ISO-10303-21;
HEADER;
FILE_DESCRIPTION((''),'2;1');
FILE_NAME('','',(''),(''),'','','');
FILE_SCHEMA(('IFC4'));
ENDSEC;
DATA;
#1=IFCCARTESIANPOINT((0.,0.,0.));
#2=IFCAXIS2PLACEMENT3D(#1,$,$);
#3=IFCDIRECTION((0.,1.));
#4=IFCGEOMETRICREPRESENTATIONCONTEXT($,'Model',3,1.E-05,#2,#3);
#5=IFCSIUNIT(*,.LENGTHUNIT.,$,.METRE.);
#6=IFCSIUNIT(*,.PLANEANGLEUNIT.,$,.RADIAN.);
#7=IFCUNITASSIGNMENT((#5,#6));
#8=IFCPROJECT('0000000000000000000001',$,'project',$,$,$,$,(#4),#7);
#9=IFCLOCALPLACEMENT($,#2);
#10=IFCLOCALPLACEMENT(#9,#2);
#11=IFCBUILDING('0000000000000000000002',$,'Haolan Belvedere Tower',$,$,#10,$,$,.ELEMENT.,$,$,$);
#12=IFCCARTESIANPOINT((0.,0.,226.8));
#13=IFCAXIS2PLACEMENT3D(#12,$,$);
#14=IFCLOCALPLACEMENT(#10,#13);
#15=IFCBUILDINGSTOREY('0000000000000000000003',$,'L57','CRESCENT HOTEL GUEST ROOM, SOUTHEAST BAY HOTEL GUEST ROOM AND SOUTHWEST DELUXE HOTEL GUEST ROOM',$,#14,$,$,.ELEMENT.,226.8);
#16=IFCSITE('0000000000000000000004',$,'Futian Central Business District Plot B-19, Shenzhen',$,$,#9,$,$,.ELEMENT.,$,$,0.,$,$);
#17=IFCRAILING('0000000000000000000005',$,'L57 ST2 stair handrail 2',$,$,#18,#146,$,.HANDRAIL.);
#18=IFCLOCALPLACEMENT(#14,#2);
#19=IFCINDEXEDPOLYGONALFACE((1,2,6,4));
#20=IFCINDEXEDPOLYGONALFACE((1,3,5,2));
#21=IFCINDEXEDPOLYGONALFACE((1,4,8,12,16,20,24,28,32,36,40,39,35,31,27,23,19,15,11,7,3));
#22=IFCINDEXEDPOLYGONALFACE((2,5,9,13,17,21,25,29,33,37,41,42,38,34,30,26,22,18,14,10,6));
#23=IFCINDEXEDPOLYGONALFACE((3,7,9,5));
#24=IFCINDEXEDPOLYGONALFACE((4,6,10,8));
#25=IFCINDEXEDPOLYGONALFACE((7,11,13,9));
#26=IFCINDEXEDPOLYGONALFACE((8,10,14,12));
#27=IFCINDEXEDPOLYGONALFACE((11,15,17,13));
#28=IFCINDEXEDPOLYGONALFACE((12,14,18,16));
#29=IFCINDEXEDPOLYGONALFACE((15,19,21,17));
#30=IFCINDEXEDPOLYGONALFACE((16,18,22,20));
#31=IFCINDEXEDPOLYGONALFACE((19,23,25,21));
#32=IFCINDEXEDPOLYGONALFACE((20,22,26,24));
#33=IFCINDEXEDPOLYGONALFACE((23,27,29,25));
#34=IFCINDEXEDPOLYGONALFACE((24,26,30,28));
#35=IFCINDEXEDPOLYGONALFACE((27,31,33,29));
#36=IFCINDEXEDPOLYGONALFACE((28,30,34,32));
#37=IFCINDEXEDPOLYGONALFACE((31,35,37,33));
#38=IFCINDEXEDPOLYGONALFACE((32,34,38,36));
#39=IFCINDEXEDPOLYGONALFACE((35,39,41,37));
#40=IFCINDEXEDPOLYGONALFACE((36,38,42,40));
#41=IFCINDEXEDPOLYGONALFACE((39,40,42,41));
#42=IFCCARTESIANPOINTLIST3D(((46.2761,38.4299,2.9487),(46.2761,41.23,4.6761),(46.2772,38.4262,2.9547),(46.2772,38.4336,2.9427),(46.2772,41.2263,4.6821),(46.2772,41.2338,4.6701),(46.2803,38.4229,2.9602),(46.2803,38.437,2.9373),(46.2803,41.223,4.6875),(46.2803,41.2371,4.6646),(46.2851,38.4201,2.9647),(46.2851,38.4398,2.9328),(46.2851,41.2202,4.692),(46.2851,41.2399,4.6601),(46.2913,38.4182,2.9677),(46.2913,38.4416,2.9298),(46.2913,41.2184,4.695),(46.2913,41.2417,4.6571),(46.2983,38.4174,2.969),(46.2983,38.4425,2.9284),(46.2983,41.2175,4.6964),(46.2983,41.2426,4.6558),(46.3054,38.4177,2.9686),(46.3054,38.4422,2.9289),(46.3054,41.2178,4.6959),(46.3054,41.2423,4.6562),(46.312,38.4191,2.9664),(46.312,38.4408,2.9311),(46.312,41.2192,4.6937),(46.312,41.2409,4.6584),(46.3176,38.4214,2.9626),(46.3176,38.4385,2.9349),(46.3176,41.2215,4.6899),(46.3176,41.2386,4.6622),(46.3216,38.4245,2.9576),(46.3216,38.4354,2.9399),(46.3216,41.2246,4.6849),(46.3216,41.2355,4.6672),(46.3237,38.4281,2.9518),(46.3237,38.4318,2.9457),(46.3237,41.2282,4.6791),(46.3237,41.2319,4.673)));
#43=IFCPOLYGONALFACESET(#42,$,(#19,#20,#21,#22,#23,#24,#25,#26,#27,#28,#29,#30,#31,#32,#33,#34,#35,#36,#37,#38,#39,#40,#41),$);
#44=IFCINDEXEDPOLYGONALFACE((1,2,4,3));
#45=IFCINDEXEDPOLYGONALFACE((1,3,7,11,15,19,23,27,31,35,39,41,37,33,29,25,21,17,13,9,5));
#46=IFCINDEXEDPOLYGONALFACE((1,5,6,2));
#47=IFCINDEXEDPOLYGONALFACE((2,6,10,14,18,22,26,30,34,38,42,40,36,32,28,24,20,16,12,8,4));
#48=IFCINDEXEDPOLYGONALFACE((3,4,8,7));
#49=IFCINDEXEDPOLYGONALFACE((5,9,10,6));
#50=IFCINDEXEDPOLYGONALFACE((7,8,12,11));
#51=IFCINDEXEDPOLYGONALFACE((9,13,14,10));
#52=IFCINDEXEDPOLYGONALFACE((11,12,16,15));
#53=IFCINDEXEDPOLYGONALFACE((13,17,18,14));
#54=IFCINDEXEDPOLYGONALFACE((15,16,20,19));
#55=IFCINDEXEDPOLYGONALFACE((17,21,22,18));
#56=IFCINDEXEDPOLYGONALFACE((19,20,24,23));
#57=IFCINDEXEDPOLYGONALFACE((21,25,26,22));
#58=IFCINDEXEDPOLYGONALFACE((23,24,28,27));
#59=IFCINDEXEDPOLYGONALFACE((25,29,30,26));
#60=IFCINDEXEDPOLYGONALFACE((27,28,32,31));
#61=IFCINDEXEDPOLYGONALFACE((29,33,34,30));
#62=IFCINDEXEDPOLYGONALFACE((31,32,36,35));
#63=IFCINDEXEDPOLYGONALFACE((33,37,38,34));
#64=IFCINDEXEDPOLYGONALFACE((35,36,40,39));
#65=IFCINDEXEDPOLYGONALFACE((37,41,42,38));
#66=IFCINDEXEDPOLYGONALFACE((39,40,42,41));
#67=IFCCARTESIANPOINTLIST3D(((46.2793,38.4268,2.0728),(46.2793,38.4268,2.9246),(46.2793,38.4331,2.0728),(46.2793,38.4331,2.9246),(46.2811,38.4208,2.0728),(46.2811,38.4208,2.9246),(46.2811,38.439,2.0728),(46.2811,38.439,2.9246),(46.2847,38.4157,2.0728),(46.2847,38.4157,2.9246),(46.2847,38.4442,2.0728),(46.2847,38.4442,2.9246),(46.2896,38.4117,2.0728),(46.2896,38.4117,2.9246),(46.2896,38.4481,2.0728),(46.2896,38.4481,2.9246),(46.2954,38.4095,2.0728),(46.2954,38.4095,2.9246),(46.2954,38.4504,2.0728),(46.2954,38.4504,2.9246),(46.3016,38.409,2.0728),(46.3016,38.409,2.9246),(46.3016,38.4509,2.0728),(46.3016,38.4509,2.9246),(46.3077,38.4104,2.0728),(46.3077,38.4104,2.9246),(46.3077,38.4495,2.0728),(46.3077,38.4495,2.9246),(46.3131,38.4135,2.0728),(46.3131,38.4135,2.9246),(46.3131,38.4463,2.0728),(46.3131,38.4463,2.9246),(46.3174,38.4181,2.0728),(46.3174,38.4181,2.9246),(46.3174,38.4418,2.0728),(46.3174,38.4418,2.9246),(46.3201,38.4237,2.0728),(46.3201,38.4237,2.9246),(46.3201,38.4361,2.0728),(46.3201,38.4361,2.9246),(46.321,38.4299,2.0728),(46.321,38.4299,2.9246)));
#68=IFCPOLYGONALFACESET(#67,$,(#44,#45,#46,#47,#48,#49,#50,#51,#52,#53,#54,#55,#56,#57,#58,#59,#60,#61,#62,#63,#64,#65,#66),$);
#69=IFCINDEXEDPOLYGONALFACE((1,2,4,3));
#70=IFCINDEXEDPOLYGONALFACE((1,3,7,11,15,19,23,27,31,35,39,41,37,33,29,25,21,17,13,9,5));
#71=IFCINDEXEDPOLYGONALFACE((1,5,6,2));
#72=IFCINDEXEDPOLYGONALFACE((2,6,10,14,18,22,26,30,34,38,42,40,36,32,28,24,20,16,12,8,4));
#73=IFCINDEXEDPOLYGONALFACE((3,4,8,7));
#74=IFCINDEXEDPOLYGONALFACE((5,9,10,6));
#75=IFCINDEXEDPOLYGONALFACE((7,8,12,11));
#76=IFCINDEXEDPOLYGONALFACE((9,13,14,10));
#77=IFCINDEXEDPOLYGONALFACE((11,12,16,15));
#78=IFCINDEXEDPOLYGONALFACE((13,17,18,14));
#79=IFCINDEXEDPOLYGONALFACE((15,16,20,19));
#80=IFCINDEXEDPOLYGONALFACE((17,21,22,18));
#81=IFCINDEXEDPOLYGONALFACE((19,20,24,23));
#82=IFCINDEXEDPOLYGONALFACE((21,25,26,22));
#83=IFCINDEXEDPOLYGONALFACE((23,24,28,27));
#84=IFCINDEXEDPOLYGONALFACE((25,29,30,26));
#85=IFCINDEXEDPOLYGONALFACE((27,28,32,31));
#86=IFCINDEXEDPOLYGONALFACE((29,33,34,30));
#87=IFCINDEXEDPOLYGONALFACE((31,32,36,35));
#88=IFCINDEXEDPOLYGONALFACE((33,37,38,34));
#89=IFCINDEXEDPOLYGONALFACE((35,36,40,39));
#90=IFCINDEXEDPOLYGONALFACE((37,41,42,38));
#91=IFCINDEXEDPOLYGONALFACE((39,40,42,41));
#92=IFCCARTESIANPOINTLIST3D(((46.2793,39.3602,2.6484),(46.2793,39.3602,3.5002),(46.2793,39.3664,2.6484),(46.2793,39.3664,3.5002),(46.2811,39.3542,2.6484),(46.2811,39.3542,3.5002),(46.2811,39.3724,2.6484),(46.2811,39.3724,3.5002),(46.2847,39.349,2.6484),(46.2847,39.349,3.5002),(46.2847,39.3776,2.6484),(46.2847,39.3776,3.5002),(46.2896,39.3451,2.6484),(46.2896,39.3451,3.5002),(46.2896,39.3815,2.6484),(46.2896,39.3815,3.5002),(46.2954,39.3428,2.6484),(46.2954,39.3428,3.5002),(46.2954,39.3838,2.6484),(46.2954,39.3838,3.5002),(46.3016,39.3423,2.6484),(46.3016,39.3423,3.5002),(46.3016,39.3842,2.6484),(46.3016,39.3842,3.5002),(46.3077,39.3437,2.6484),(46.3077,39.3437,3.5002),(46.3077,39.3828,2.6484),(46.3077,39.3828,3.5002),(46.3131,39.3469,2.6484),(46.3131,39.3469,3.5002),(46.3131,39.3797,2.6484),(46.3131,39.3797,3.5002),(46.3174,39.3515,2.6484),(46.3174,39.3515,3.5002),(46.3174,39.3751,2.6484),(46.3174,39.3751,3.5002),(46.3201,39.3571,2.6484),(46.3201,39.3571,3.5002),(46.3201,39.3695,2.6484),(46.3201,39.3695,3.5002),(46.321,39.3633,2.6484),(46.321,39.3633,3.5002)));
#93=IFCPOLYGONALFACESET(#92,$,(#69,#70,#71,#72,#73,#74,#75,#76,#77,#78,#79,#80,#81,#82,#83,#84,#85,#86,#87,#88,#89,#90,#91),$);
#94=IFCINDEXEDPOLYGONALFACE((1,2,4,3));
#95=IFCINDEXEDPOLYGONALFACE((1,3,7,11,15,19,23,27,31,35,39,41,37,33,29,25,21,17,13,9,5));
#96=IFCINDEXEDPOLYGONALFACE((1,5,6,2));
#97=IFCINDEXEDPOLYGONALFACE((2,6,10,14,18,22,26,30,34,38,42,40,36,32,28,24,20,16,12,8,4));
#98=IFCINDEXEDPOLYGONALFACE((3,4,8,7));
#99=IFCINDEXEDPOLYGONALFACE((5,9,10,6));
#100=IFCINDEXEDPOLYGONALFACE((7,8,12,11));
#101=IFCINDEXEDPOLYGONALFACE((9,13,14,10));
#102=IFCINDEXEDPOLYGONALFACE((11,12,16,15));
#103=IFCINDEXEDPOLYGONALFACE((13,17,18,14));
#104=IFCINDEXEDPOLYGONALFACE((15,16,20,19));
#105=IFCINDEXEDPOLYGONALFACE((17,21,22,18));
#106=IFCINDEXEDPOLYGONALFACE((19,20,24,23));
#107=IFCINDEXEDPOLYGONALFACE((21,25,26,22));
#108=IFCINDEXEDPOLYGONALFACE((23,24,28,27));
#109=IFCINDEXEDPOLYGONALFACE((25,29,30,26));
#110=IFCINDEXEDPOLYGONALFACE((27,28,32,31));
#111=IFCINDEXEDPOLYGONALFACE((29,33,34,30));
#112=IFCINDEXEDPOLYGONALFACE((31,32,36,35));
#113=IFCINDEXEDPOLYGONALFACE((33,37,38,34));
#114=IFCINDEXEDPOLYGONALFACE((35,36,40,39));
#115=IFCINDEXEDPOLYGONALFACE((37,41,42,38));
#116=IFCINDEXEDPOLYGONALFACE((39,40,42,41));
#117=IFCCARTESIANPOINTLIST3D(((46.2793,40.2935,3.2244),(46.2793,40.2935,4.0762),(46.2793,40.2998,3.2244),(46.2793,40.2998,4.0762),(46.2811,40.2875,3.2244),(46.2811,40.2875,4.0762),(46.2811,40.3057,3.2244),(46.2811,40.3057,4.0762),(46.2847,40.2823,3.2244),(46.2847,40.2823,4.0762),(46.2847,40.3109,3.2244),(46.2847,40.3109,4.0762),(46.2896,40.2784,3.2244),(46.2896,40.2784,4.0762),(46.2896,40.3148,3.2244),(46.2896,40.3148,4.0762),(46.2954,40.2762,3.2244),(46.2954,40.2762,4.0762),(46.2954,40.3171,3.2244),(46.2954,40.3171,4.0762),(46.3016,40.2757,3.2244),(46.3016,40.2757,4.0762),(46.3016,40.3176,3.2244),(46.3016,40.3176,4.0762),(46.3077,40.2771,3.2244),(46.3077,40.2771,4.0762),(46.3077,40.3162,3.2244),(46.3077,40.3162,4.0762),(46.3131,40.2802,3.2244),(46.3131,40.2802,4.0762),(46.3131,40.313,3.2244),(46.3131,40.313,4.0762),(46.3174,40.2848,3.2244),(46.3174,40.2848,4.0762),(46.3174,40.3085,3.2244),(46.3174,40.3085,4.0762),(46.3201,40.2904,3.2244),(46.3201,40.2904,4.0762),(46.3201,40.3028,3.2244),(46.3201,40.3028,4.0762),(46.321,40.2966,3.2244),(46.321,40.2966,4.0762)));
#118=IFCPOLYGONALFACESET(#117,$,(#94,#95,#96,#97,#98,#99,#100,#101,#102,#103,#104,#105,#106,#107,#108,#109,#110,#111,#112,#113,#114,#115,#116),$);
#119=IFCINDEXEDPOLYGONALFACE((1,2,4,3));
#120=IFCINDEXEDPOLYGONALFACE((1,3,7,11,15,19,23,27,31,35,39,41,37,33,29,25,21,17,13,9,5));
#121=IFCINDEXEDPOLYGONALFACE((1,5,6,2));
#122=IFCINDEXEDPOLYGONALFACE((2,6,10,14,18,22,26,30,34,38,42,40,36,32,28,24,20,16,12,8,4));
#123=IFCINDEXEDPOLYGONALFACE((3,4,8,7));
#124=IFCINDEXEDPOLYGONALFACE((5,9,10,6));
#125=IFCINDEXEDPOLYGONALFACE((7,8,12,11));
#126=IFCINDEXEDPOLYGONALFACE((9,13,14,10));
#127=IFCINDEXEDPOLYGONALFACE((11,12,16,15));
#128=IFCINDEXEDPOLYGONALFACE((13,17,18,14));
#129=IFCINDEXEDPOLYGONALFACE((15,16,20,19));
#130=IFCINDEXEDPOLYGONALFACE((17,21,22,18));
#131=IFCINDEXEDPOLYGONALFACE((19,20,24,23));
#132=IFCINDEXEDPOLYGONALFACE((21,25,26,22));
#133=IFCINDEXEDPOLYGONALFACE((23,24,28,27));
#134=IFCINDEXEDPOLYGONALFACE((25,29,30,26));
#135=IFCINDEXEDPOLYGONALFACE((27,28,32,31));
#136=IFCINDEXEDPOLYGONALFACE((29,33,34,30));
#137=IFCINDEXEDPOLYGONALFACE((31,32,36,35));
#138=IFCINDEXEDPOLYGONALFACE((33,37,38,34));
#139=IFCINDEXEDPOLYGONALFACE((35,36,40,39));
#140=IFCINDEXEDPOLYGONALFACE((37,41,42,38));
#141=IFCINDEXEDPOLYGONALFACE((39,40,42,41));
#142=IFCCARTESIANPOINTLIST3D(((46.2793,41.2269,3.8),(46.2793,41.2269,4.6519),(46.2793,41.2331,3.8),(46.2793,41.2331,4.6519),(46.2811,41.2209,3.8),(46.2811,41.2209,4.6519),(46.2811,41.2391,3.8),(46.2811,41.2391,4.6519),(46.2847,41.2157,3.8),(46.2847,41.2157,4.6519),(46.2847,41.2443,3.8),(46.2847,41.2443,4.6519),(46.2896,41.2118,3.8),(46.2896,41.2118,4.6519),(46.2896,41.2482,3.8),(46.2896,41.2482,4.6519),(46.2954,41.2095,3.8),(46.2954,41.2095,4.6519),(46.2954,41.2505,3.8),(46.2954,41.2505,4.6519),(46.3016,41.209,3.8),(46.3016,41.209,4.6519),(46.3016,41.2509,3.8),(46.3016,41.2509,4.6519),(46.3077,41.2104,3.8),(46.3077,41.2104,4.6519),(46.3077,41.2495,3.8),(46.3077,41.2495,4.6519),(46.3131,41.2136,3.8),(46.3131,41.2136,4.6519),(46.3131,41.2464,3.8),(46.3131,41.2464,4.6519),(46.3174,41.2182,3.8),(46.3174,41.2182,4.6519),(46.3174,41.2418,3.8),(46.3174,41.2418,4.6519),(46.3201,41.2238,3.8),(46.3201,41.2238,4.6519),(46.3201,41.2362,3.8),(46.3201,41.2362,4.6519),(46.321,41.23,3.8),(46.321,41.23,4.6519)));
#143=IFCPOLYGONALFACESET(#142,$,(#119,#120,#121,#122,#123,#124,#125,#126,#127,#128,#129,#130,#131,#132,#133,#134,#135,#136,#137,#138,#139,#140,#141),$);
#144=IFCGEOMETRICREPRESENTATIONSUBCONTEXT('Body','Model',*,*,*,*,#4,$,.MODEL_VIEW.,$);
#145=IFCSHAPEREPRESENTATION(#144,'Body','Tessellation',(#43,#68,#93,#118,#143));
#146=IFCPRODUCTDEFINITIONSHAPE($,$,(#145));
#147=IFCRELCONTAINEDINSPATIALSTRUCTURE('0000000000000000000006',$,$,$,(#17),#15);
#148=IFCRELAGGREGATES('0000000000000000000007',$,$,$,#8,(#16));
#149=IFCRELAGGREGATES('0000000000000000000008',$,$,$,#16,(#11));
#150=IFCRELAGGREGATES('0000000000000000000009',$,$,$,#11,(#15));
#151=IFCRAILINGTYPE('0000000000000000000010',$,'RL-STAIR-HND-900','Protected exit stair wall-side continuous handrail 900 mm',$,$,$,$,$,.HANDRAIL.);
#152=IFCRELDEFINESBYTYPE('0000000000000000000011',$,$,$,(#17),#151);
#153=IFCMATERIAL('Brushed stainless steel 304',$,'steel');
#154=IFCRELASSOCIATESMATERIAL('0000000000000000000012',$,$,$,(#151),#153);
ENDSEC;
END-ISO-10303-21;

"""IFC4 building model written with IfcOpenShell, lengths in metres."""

from ifc_helpers import new_model, si_unit, direction, frame, origin, origin_2d, place, context, subcontext, project, spatial, circle, extrude, material, type_object, element, save


model = new_model("IFC4")

# Units and contexts
model_context = context("Model", 3, precision=1e-05, world=origin(), true_north=direction((0.0, 1.0)))
body_context = subcontext(model_context, "Body", "Model", "MODEL_VIEW")
ifc_project = project(units=[si_unit("LENGTHUNIT", "METRE"), si_unit("PLANEANGLEUNIT", "RADIAN")], contexts=[model_context])

# Site, building, storey
site_placement = place(None, origin())
site = spatial("IfcSite", under=ifc_project, at=site_placement, Name="Futian Central Business District Plot B-19, Shenzhen", CompositionType="ELEMENT", RefElevation=0.0)
building_placement = place(site_placement, origin())
building = spatial("IfcBuilding", under=site, at=building_placement, Name="Haolan Belvedere Tower", CompositionType="ELEMENT")
storey_placement = place(building_placement, frame((0.0, 0.0, 226.8)))
storey = spatial("IfcBuildingStorey", under=building, at=storey_placement, Name="L57", Description="CRESCENT HOTEL GUEST ROOM, SOUTHEAST BAY HOTEL GUEST ROOM AND SOUTHWEST DELUXE HOTEL GUEST ROOM", CompositionType="ELEMENT", Elevation=226.8)

# Railing
ifc_material_1 = material(Name="Brushed stainless steel 304", Category="steel")
railing_type_1 = type_object("IfcRailingType", Name="RL-STAIR-HND-900", Description="Protected exit stair wall-side continuous handrail 900 mm", PredefinedType="HANDRAIL", material=ifc_material_1)
railing_1_placement = place(storey_placement, frame((46.3, 38.4299, 2.0728)))
element("IfcRailing", 1, at=railing_1_placement, inside=storey, type_object=railing_type_1, Name="L57 ST2 stair handrail 2", PredefinedType="HANDRAIL", context=body_context, shape_type="SweptSolid", body=[
    extrude(circle(Radius=0.0239, at=origin_2d()), frame((0.0, 0.0, 0.876), z_axis=(0.0, 0.85109, 0.52502), x_axis=(-1.0, 0.0, 0.0)), (0.0, 0.0, 1.0), 3.29),
    extrude(circle(Radius=0.021, at=origin_2d()), origin(), (0.0, 0.0, 1.0), 0.8518),
    extrude(circle(Radius=0.021, at=origin_2d()), frame((0.0, 0.9333, 0.5757)), (0.0, 0.0, 1.0), 0.8518),
    extrude(circle(Radius=0.021, at=origin_2d()), frame((0.0, 1.8667, 1.1516)), (0.0, 0.0, 1.0), 0.8518),
    extrude(circle(Radius=0.021, at=origin_2d()), frame((0.0, 2.8, 1.7273)), (0.0, 0.0, 1.0), 0.8518),
])

save(model, "model.ifc")
